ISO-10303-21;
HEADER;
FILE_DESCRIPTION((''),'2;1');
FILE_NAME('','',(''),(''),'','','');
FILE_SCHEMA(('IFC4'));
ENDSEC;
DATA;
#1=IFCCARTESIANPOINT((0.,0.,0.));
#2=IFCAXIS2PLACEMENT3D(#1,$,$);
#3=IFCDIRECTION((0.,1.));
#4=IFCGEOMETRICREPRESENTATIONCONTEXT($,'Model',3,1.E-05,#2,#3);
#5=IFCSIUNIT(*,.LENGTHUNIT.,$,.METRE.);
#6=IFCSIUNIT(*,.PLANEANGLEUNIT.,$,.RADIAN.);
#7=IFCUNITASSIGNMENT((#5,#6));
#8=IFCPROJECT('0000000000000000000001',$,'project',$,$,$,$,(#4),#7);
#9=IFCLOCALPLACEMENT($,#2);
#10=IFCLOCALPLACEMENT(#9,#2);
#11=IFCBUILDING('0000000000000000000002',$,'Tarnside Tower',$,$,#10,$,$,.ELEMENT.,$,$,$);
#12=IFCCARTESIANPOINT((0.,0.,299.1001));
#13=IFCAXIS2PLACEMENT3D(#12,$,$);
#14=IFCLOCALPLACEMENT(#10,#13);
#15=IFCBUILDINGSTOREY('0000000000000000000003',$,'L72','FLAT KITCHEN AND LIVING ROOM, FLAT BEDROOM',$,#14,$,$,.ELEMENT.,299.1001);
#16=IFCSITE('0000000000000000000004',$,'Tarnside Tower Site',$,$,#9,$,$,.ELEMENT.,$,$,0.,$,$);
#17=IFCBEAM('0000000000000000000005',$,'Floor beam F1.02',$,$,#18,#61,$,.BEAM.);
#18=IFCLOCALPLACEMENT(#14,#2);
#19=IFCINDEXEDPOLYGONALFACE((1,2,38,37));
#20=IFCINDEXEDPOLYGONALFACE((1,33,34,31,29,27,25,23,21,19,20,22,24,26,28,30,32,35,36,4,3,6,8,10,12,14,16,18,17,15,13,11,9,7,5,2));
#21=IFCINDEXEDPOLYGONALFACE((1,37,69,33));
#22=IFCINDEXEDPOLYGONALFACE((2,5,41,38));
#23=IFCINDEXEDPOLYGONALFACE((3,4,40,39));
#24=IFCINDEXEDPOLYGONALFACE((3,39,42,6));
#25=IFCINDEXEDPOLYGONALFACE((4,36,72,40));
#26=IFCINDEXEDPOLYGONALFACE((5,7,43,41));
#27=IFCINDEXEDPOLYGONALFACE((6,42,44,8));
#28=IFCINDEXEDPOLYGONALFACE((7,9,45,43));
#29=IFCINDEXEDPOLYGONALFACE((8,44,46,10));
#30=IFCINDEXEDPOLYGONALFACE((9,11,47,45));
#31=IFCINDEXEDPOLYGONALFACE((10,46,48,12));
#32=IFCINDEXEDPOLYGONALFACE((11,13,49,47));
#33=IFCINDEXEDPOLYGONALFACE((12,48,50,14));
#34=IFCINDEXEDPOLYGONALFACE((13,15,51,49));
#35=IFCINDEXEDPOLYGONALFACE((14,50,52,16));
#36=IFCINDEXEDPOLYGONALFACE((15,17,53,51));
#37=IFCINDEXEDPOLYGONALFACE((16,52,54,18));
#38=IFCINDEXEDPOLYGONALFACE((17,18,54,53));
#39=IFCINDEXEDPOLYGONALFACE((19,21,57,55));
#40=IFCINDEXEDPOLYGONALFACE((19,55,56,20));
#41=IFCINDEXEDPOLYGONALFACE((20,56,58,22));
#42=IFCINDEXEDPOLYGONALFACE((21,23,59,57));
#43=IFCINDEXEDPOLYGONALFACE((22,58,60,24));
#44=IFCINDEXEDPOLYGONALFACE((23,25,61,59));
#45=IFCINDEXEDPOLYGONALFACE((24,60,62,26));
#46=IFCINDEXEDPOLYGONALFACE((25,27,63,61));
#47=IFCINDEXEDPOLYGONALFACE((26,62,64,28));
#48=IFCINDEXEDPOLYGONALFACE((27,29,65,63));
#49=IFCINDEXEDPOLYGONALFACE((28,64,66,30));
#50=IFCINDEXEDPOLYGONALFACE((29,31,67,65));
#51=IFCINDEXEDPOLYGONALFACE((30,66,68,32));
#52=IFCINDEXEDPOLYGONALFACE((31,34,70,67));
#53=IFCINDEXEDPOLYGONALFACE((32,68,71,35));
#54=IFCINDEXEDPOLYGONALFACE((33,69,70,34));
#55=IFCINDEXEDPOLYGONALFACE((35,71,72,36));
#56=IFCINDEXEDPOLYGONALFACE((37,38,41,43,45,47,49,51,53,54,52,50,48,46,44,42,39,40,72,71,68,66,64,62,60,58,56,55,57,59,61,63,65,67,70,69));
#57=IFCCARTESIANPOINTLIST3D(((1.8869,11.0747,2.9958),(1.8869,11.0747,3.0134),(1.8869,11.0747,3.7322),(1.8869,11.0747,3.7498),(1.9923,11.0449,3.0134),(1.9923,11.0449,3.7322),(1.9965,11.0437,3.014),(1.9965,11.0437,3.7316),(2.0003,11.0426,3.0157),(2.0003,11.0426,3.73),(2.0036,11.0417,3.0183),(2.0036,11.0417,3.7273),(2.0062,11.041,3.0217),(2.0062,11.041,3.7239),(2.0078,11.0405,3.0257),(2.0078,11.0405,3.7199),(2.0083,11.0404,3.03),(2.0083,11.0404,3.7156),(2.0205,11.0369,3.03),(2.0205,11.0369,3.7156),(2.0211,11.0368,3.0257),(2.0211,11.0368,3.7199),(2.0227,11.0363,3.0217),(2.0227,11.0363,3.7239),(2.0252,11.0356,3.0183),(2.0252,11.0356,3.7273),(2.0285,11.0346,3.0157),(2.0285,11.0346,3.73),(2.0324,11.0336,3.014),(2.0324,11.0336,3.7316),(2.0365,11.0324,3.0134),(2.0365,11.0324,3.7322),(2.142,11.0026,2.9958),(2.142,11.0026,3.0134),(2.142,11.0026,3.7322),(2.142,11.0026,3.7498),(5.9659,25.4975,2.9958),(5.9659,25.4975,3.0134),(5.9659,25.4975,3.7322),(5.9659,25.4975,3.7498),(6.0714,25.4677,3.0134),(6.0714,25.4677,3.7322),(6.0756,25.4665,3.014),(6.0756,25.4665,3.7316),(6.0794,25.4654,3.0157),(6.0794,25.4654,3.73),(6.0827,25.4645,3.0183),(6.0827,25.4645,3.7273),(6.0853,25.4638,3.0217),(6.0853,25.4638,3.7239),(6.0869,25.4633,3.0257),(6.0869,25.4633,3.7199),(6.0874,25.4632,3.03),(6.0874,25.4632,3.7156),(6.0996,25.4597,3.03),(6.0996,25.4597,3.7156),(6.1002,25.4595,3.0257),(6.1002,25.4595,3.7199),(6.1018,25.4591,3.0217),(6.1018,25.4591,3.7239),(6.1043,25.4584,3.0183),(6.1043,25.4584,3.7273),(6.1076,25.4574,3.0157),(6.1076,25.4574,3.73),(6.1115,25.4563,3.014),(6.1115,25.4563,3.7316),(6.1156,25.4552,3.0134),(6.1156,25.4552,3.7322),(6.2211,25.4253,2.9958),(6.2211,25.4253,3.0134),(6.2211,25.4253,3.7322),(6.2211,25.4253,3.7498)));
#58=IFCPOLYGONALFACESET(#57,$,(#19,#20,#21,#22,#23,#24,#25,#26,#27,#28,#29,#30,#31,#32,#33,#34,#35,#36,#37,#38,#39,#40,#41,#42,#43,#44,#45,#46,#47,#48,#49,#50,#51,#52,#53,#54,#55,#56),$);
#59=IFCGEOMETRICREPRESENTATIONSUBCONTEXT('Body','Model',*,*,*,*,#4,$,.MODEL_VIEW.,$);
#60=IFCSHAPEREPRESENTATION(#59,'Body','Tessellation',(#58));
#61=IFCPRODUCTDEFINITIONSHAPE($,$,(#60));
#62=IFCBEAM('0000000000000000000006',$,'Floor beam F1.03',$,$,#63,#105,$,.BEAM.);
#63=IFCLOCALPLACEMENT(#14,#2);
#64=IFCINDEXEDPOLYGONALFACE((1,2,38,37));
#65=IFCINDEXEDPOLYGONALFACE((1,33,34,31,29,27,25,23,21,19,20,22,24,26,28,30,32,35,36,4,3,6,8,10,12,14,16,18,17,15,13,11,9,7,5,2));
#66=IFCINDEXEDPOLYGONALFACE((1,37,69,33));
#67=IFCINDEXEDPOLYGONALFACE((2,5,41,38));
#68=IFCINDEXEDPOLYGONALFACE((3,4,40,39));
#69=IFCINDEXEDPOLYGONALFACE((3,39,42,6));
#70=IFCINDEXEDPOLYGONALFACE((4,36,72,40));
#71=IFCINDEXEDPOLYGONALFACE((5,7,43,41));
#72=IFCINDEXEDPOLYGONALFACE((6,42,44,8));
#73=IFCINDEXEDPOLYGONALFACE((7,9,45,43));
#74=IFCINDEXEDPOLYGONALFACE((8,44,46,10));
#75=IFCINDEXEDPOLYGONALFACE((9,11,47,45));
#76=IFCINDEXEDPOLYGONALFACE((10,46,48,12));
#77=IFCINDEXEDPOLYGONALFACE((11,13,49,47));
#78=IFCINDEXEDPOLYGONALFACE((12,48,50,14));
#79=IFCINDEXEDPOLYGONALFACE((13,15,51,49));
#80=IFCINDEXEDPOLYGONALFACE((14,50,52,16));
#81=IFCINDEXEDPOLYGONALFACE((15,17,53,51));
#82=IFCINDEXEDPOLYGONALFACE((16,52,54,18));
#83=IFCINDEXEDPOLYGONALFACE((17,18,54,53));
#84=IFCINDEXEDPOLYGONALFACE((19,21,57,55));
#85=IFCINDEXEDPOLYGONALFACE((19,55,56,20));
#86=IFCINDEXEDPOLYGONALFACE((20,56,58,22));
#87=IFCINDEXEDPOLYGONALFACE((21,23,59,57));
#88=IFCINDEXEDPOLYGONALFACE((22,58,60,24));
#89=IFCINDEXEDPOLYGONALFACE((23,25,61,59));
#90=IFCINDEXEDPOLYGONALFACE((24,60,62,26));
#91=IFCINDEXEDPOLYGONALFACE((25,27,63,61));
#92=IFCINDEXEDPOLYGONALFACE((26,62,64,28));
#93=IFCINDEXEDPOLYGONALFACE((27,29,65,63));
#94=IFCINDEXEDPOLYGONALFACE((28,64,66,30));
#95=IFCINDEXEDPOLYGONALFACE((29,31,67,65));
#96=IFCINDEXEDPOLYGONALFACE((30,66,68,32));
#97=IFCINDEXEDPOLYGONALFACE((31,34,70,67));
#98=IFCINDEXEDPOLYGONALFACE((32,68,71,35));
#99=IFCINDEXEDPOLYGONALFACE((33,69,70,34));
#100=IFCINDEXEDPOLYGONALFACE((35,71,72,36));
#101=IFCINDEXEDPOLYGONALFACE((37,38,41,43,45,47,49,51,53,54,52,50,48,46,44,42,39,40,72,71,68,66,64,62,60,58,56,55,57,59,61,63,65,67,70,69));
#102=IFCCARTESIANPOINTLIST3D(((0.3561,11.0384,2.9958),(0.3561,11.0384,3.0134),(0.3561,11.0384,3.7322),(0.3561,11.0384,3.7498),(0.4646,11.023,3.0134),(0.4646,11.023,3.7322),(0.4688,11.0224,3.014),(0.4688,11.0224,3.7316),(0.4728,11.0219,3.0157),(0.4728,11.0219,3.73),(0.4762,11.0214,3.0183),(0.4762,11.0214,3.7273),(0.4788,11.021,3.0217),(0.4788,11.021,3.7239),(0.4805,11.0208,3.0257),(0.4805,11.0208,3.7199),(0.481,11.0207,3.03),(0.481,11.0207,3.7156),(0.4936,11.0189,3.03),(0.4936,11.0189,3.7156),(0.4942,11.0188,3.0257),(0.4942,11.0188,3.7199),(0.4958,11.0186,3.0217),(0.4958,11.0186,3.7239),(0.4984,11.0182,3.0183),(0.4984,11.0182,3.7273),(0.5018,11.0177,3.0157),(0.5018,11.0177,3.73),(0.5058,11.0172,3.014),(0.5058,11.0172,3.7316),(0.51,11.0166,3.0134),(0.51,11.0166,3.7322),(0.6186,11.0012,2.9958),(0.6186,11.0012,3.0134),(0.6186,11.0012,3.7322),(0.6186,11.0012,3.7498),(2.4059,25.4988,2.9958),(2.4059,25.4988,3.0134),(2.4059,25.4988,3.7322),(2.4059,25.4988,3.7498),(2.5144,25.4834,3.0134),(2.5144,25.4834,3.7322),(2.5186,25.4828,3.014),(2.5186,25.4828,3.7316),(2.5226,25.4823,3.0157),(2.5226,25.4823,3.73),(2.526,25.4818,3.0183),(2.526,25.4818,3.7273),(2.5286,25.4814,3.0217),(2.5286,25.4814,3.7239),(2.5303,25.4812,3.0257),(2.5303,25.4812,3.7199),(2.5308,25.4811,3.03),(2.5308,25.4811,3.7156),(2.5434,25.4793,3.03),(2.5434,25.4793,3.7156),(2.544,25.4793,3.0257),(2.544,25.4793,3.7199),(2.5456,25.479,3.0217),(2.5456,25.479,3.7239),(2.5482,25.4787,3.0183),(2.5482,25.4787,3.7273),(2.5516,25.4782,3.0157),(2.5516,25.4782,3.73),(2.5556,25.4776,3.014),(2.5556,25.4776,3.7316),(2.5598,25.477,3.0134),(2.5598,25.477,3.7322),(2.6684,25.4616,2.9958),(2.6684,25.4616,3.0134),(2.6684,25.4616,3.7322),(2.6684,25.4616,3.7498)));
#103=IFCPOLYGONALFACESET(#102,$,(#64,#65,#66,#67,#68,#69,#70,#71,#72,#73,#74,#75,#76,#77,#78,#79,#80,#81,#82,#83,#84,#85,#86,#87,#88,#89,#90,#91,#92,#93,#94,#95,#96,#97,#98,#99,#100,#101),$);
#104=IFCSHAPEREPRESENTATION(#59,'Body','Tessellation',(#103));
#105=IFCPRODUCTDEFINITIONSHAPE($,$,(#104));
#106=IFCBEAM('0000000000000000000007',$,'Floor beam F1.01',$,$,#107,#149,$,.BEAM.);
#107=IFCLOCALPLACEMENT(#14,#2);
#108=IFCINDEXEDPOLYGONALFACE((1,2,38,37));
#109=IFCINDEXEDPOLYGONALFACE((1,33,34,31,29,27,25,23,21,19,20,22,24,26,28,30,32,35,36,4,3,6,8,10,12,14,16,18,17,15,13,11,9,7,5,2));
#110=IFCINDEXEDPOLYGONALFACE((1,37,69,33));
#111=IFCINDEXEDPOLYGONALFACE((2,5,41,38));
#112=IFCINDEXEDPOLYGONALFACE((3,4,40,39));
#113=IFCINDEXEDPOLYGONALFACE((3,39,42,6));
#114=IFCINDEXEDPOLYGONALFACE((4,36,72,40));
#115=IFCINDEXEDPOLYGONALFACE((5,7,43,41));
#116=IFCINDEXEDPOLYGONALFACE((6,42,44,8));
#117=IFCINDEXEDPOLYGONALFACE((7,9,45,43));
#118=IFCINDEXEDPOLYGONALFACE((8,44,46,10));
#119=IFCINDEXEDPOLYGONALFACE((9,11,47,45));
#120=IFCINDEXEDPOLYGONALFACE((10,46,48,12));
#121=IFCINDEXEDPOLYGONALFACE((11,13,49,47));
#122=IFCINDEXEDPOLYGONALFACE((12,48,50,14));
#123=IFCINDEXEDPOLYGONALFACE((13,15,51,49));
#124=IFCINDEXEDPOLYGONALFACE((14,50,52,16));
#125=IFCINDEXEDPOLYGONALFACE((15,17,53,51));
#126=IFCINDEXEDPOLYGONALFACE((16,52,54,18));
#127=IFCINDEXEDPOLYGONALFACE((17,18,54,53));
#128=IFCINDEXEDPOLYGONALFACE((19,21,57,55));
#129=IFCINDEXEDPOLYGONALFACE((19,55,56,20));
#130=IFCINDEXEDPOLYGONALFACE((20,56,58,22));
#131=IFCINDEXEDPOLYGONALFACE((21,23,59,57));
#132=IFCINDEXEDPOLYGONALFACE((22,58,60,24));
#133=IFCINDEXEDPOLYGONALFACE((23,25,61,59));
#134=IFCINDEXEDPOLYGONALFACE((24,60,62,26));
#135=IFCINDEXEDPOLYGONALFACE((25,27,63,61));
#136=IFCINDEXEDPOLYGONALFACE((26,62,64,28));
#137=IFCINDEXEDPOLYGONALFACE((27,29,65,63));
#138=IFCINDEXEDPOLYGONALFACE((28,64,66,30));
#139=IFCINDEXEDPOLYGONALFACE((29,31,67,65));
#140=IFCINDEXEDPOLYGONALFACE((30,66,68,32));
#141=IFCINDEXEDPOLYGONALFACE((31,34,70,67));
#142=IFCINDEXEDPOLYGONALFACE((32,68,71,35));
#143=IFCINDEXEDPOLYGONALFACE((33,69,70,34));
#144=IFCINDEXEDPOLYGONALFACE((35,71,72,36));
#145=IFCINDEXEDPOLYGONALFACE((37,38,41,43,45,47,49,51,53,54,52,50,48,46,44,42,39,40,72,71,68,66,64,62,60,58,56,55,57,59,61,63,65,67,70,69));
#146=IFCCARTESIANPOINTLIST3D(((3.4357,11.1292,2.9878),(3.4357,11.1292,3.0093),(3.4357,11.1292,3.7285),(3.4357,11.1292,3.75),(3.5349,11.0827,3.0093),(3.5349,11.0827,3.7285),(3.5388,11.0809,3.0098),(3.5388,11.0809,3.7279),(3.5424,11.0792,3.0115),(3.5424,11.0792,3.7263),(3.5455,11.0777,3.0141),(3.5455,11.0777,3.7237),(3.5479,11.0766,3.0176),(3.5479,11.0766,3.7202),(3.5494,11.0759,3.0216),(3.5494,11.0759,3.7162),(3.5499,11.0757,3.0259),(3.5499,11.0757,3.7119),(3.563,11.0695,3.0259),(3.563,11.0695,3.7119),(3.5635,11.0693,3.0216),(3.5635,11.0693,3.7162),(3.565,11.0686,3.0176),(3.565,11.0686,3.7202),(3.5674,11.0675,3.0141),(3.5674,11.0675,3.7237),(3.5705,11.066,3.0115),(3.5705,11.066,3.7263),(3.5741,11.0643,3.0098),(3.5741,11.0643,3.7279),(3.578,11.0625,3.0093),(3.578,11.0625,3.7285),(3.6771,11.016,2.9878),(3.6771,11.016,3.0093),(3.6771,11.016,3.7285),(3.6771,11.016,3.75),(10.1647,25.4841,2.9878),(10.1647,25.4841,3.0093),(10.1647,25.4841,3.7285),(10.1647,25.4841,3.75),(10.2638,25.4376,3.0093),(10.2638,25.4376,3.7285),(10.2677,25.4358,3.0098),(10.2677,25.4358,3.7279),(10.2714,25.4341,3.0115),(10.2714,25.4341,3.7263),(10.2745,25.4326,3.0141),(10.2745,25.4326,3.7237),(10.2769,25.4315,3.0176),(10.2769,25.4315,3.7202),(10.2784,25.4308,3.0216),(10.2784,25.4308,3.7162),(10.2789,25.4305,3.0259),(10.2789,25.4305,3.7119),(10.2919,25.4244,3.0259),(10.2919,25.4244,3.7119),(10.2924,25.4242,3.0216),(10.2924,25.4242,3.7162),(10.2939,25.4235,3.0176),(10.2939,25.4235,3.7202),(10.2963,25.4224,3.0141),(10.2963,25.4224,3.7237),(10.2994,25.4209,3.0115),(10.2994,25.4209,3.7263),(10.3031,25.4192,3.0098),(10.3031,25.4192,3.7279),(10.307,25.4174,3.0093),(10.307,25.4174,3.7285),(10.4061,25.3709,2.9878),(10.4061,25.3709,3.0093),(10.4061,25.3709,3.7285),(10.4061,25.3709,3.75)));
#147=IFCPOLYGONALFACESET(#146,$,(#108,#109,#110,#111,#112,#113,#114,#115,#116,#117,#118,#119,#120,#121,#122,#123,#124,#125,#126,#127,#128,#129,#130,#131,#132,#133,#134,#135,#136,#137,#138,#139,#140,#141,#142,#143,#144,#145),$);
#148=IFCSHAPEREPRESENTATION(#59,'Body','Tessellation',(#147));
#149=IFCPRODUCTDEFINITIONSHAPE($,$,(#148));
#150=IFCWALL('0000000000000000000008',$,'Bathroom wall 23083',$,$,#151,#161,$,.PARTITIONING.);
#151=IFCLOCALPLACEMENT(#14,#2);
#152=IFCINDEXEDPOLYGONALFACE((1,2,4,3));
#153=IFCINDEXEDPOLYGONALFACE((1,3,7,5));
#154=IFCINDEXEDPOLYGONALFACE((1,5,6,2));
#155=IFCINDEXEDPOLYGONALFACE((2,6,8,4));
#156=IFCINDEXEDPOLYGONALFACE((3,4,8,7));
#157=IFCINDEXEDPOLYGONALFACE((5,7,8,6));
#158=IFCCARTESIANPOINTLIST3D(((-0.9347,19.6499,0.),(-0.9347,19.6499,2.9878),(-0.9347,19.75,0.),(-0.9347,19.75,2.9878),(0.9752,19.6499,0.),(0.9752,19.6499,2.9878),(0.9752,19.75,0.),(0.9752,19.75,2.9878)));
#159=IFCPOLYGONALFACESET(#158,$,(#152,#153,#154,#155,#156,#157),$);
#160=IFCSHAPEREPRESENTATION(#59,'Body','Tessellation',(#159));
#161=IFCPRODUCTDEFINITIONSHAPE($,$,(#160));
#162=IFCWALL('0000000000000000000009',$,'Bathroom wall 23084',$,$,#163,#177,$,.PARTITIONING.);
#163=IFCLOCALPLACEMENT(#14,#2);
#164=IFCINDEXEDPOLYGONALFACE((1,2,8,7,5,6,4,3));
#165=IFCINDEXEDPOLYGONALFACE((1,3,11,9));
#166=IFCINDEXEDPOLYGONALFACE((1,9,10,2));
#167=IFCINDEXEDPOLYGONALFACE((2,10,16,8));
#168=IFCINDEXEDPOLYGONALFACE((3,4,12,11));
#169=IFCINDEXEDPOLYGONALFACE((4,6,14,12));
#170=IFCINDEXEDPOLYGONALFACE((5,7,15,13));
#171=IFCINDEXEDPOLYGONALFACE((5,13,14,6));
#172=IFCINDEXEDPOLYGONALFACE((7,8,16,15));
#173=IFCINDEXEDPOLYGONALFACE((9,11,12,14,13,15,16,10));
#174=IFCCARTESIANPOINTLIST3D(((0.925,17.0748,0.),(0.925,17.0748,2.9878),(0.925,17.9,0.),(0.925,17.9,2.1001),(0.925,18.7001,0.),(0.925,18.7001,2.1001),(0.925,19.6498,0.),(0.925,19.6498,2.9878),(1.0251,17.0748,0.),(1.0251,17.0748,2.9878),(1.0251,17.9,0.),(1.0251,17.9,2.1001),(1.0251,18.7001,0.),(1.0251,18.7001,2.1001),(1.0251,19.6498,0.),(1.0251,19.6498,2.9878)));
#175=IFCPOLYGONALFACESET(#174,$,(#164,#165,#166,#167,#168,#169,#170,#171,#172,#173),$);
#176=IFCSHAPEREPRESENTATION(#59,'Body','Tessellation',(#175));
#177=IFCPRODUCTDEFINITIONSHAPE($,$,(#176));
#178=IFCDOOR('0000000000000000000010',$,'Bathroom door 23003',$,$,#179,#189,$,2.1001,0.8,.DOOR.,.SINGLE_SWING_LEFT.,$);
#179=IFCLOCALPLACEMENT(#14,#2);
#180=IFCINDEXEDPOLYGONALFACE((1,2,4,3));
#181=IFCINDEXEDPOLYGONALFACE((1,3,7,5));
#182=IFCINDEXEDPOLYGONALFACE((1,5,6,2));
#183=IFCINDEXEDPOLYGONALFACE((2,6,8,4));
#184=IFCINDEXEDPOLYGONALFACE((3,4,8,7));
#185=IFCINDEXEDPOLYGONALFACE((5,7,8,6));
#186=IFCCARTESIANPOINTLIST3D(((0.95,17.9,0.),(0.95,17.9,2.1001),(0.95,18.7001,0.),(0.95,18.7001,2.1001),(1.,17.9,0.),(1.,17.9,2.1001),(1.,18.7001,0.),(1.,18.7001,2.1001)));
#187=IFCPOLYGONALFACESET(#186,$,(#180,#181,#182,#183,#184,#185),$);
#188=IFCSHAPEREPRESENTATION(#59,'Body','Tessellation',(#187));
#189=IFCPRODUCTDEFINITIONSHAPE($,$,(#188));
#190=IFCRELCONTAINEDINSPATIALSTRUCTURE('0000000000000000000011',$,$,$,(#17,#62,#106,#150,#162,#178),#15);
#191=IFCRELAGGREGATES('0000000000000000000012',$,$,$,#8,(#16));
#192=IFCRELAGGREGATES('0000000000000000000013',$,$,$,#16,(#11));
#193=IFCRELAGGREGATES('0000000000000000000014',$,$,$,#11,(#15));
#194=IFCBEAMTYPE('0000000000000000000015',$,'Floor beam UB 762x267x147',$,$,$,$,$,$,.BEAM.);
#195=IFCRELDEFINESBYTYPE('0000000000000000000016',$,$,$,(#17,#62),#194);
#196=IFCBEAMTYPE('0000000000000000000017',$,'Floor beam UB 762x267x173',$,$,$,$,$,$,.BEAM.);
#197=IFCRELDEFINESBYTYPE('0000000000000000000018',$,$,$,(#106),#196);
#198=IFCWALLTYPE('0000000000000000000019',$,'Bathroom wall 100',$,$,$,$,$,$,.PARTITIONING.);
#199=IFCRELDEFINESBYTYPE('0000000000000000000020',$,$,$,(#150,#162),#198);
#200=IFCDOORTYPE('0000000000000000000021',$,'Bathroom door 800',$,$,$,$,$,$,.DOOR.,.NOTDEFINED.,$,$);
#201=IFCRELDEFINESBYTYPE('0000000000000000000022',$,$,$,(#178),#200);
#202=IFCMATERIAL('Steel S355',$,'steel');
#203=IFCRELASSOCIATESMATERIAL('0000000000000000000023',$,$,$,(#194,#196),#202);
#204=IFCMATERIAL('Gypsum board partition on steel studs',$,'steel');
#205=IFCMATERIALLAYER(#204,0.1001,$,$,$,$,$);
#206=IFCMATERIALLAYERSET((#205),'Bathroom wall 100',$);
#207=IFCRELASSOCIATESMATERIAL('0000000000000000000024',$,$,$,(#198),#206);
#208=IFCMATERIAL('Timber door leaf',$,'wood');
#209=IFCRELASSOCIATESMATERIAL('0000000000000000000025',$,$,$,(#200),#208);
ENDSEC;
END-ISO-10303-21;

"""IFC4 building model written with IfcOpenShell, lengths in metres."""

from ifc_helpers import new_model, si_unit, direction, frame, frame_2d, origin, origin_2d, place, context, subcontext, project, spatial, rectangle, i_section, extrude, material, layer, layer_set, material_profile, profile_set, type_object, element, fill, save


model = new_model("IFC4")

# Units and contexts
model_context = context("Model", 3, precision=1e-05, world=origin(), true_north=direction((0.0, 1.0)))
body_context = subcontext(model_context, "Body", "Model", "MODEL_VIEW")
ifc_project = project(units=[si_unit("LENGTHUNIT", "METRE"), si_unit("PLANEANGLEUNIT", "RADIAN")], contexts=[model_context])

# Site, building, storey
site_placement = place(None, origin())
site = spatial("IfcSite", under=ifc_project, at=site_placement, Name="Tarnside Tower Site", CompositionType="ELEMENT", RefElevation=0.0)
building_placement = place(site_placement, origin())
building = spatial("IfcBuilding", under=site, at=building_placement, Name="Tarnside Tower", CompositionType="ELEMENT")
storey_placement = place(building_placement, frame((0.0, 0.0, 299.1001)))
storey = spatial("IfcBuildingStorey", under=building, at=storey_placement, Name="L72", Description="FLAT KITCHEN AND LIVING ROOM, FLAT BEDROOM", CompositionType="ELEMENT", Elevation=299.1001)

# Beams
ifc_material_1 = material(Name="Steel S355", Category="steel")
ifc_material_profile_1 = material_profile(ifc_material_1, i_section(OverallWidth=0.2651, OverallDepth=0.7539, WebThickness=0.0127, FlangeThickness=0.0176, FilletRadius=0.0166, at=origin_2d()), Name="UB 762x267x147")
ifc_profile_set_1 = profile_set([ifc_material_profile_1], Name="Steel S355")
beam_type_1 = type_object("IfcBeamType", Name="Floor beam UB 762x267x147", PredefinedType="BEAM", material=ifc_profile_set_1)
beam_1_placement = place(storey_placement, frame((6.0935, 25.4614, 3.3728), z_axis=(-0.272147, -0.962256, 0.0), x_axis=(0.962256, -0.272147, 0.0)))
element("IfcBeam", 1, at=beam_1_placement, inside=storey, type_object=beam_type_1, Name="Floor beam F1.02", PredefinedType="BEAM", context=body_context, shape_type="SweptSolid", body=[
    extrude(i_section(OverallWidth=0.2651, OverallDepth=0.7539, WebThickness=0.0127, FlangeThickness=0.0176, FilletRadius=0.0166, at=origin_2d()), origin(), (0.0, 0.0, 1.0), 14.9885),
])
beam_2_placement = place(storey_placement, frame((2.5371, 25.4802, 3.3728), z_axis=(-0.140349, -0.990102, 0.0), x_axis=(0.990102, -0.140349, 0.0)))
element("IfcBeam", 2, at=beam_2_placement, inside=storey, type_object=beam_type_1, Name="Floor beam F1.03", PredefinedType="BEAM", context=body_context, shape_type="SweptSolid", body=[
    extrude(i_section(OverallWidth=0.2651, OverallDepth=0.7539, WebThickness=0.0127, FlangeThickness=0.0176, FilletRadius=0.0166, at=origin_2d()), origin(), (0.0, 0.0, 1.0), 14.605),
])
ifc_material_profile_2 = material_profile(ifc_material_1, i_section(OverallWidth=0.2666, OverallDepth=0.7622, WebThickness=0.0144, FlangeThickness=0.0215, FilletRadius=0.0166, at=origin_2d()), Name="UB 762x267x173")
ifc_profile_set_2 = profile_set([ifc_material_profile_2], Name="Steel S355")
beam_type_2 = type_object("IfcBeamType", Name="Floor beam UB 762x267x173", PredefinedType="BEAM", material=ifc_profile_set_2)
beam_3_placement = place(storey_placement, frame((10.2854, 25.4275, 3.3689), z_axis=(-0.424439, -0.905456, 0.0), x_axis=(0.905456, -0.424439, 0.0)))
element("IfcBeam", 3, at=beam_3_placement, inside=storey, type_object=beam_type_2, Name="Floor beam F1.01", PredefinedType="BEAM", context=body_context, shape_type="SweptSolid", body=[
    extrude(i_section(OverallWidth=0.2666, OverallDepth=0.7622, WebThickness=0.0144, FlangeThickness=0.0215, FilletRadius=0.0166, at=origin_2d()), origin(), (0.0, 0.0, 1.0), 15.8538),
])

# Wall
ifc_material_2 = material(Name="Gypsum board partition on steel studs", Category="steel")
ifc_layer_1 = layer(ifc_material_2, 0.1001)
ifc_layer_set_1 = layer_set([ifc_layer_1], Name="Bathroom wall 100")
wall_type_1 = type_object("IfcWallType", Name="Bathroom wall 100", PredefinedType="PARTITIONING", material=ifc_layer_set_1)
wall_1_placement = place(storey_placement, frame((-0.9348, 19.7, 0.0), z_axis=(0.0, 0.0, 1.0), x_axis=(1.0, 0.0, 0.0)))
element("IfcWall", 4, at=wall_1_placement, inside=storey, type_object=wall_type_1, Name="Bathroom wall 23083", PredefinedType="PARTITIONING", context=body_context, shape_type="SweptSolid", body=[
    extrude(rectangle(XDim=1.9099, YDim=0.1001, at=frame_2d((0.9551, 0.0))), origin(), (0.0, 0.0, 1.0), 2.9878),
])

# Wall, opening, door
wall_2_placement = place(storey_placement, frame((0.9751, 19.6499, 0.0), z_axis=(0.0, 0.0, 1.0), x_axis=(0.0, -1.0, 0.0)))
wall_2 = element("IfcWall", 5, at=wall_2_placement, inside=storey, type_object=wall_type_1, Name="Bathroom wall 23084", PredefinedType="PARTITIONING", context=body_context, shape_type="SweptSolid", body=[
    extrude(rectangle(XDim=2.575, YDim=0.1001, at=frame_2d((1.2876, 0.0))), origin(), (0.0, 0.0, 1.0), 2.9878),
])
opening_1_placement = place(wall_2_placement, frame((0.95, 0.0, 0.0)))
opening_1 = element("IfcOpeningElement", 6, at=opening_1_placement, cuts=wall_2, PredefinedType="OPENING", context=body_context, shape_type="SweptSolid", body=[
    extrude(rectangle(XDim=0.8, YDim=2.1001, at=frame_2d((0.3999, 1.05))), frame((0.0, 0.0601, 0.0), z_axis=(0.0, -1.0, 0.0), x_axis=(1.0, 0.0, 0.0)), (0.0, 0.0, 1.0), 0.1201),
])
ifc_material_3 = material(Name="Timber door leaf", Category="wood")
door_type_1 = type_object("IfcDoorType", Name="Bathroom door 800", OperationType="NOTDEFINED", PredefinedType="DOOR", material=ifc_material_3)
door_1_placement = place(opening_1_placement, origin())
door_1 = element("IfcDoor", 7, at=door_1_placement, inside=storey, type_object=door_type_1, Name="Bathroom door 23003", OperationType="SINGLE_SWING_LEFT", OverallHeight=2.1001, OverallWidth=0.8, PredefinedType="DOOR", context=body_context, shape_type="SweptSolid", body=[
    extrude(rectangle(XDim=0.8, YDim=2.1001, at=frame_2d((0.3999, 1.05))), frame((0.0, 0.0249, 0.0), z_axis=(0.0, -1.0, 0.0), x_axis=(1.0, 0.0, 0.0)), (0.0, 0.0, 1.0), 0.05),
])
fill(opening_1, door_1)

save(model, "model.ifc")
